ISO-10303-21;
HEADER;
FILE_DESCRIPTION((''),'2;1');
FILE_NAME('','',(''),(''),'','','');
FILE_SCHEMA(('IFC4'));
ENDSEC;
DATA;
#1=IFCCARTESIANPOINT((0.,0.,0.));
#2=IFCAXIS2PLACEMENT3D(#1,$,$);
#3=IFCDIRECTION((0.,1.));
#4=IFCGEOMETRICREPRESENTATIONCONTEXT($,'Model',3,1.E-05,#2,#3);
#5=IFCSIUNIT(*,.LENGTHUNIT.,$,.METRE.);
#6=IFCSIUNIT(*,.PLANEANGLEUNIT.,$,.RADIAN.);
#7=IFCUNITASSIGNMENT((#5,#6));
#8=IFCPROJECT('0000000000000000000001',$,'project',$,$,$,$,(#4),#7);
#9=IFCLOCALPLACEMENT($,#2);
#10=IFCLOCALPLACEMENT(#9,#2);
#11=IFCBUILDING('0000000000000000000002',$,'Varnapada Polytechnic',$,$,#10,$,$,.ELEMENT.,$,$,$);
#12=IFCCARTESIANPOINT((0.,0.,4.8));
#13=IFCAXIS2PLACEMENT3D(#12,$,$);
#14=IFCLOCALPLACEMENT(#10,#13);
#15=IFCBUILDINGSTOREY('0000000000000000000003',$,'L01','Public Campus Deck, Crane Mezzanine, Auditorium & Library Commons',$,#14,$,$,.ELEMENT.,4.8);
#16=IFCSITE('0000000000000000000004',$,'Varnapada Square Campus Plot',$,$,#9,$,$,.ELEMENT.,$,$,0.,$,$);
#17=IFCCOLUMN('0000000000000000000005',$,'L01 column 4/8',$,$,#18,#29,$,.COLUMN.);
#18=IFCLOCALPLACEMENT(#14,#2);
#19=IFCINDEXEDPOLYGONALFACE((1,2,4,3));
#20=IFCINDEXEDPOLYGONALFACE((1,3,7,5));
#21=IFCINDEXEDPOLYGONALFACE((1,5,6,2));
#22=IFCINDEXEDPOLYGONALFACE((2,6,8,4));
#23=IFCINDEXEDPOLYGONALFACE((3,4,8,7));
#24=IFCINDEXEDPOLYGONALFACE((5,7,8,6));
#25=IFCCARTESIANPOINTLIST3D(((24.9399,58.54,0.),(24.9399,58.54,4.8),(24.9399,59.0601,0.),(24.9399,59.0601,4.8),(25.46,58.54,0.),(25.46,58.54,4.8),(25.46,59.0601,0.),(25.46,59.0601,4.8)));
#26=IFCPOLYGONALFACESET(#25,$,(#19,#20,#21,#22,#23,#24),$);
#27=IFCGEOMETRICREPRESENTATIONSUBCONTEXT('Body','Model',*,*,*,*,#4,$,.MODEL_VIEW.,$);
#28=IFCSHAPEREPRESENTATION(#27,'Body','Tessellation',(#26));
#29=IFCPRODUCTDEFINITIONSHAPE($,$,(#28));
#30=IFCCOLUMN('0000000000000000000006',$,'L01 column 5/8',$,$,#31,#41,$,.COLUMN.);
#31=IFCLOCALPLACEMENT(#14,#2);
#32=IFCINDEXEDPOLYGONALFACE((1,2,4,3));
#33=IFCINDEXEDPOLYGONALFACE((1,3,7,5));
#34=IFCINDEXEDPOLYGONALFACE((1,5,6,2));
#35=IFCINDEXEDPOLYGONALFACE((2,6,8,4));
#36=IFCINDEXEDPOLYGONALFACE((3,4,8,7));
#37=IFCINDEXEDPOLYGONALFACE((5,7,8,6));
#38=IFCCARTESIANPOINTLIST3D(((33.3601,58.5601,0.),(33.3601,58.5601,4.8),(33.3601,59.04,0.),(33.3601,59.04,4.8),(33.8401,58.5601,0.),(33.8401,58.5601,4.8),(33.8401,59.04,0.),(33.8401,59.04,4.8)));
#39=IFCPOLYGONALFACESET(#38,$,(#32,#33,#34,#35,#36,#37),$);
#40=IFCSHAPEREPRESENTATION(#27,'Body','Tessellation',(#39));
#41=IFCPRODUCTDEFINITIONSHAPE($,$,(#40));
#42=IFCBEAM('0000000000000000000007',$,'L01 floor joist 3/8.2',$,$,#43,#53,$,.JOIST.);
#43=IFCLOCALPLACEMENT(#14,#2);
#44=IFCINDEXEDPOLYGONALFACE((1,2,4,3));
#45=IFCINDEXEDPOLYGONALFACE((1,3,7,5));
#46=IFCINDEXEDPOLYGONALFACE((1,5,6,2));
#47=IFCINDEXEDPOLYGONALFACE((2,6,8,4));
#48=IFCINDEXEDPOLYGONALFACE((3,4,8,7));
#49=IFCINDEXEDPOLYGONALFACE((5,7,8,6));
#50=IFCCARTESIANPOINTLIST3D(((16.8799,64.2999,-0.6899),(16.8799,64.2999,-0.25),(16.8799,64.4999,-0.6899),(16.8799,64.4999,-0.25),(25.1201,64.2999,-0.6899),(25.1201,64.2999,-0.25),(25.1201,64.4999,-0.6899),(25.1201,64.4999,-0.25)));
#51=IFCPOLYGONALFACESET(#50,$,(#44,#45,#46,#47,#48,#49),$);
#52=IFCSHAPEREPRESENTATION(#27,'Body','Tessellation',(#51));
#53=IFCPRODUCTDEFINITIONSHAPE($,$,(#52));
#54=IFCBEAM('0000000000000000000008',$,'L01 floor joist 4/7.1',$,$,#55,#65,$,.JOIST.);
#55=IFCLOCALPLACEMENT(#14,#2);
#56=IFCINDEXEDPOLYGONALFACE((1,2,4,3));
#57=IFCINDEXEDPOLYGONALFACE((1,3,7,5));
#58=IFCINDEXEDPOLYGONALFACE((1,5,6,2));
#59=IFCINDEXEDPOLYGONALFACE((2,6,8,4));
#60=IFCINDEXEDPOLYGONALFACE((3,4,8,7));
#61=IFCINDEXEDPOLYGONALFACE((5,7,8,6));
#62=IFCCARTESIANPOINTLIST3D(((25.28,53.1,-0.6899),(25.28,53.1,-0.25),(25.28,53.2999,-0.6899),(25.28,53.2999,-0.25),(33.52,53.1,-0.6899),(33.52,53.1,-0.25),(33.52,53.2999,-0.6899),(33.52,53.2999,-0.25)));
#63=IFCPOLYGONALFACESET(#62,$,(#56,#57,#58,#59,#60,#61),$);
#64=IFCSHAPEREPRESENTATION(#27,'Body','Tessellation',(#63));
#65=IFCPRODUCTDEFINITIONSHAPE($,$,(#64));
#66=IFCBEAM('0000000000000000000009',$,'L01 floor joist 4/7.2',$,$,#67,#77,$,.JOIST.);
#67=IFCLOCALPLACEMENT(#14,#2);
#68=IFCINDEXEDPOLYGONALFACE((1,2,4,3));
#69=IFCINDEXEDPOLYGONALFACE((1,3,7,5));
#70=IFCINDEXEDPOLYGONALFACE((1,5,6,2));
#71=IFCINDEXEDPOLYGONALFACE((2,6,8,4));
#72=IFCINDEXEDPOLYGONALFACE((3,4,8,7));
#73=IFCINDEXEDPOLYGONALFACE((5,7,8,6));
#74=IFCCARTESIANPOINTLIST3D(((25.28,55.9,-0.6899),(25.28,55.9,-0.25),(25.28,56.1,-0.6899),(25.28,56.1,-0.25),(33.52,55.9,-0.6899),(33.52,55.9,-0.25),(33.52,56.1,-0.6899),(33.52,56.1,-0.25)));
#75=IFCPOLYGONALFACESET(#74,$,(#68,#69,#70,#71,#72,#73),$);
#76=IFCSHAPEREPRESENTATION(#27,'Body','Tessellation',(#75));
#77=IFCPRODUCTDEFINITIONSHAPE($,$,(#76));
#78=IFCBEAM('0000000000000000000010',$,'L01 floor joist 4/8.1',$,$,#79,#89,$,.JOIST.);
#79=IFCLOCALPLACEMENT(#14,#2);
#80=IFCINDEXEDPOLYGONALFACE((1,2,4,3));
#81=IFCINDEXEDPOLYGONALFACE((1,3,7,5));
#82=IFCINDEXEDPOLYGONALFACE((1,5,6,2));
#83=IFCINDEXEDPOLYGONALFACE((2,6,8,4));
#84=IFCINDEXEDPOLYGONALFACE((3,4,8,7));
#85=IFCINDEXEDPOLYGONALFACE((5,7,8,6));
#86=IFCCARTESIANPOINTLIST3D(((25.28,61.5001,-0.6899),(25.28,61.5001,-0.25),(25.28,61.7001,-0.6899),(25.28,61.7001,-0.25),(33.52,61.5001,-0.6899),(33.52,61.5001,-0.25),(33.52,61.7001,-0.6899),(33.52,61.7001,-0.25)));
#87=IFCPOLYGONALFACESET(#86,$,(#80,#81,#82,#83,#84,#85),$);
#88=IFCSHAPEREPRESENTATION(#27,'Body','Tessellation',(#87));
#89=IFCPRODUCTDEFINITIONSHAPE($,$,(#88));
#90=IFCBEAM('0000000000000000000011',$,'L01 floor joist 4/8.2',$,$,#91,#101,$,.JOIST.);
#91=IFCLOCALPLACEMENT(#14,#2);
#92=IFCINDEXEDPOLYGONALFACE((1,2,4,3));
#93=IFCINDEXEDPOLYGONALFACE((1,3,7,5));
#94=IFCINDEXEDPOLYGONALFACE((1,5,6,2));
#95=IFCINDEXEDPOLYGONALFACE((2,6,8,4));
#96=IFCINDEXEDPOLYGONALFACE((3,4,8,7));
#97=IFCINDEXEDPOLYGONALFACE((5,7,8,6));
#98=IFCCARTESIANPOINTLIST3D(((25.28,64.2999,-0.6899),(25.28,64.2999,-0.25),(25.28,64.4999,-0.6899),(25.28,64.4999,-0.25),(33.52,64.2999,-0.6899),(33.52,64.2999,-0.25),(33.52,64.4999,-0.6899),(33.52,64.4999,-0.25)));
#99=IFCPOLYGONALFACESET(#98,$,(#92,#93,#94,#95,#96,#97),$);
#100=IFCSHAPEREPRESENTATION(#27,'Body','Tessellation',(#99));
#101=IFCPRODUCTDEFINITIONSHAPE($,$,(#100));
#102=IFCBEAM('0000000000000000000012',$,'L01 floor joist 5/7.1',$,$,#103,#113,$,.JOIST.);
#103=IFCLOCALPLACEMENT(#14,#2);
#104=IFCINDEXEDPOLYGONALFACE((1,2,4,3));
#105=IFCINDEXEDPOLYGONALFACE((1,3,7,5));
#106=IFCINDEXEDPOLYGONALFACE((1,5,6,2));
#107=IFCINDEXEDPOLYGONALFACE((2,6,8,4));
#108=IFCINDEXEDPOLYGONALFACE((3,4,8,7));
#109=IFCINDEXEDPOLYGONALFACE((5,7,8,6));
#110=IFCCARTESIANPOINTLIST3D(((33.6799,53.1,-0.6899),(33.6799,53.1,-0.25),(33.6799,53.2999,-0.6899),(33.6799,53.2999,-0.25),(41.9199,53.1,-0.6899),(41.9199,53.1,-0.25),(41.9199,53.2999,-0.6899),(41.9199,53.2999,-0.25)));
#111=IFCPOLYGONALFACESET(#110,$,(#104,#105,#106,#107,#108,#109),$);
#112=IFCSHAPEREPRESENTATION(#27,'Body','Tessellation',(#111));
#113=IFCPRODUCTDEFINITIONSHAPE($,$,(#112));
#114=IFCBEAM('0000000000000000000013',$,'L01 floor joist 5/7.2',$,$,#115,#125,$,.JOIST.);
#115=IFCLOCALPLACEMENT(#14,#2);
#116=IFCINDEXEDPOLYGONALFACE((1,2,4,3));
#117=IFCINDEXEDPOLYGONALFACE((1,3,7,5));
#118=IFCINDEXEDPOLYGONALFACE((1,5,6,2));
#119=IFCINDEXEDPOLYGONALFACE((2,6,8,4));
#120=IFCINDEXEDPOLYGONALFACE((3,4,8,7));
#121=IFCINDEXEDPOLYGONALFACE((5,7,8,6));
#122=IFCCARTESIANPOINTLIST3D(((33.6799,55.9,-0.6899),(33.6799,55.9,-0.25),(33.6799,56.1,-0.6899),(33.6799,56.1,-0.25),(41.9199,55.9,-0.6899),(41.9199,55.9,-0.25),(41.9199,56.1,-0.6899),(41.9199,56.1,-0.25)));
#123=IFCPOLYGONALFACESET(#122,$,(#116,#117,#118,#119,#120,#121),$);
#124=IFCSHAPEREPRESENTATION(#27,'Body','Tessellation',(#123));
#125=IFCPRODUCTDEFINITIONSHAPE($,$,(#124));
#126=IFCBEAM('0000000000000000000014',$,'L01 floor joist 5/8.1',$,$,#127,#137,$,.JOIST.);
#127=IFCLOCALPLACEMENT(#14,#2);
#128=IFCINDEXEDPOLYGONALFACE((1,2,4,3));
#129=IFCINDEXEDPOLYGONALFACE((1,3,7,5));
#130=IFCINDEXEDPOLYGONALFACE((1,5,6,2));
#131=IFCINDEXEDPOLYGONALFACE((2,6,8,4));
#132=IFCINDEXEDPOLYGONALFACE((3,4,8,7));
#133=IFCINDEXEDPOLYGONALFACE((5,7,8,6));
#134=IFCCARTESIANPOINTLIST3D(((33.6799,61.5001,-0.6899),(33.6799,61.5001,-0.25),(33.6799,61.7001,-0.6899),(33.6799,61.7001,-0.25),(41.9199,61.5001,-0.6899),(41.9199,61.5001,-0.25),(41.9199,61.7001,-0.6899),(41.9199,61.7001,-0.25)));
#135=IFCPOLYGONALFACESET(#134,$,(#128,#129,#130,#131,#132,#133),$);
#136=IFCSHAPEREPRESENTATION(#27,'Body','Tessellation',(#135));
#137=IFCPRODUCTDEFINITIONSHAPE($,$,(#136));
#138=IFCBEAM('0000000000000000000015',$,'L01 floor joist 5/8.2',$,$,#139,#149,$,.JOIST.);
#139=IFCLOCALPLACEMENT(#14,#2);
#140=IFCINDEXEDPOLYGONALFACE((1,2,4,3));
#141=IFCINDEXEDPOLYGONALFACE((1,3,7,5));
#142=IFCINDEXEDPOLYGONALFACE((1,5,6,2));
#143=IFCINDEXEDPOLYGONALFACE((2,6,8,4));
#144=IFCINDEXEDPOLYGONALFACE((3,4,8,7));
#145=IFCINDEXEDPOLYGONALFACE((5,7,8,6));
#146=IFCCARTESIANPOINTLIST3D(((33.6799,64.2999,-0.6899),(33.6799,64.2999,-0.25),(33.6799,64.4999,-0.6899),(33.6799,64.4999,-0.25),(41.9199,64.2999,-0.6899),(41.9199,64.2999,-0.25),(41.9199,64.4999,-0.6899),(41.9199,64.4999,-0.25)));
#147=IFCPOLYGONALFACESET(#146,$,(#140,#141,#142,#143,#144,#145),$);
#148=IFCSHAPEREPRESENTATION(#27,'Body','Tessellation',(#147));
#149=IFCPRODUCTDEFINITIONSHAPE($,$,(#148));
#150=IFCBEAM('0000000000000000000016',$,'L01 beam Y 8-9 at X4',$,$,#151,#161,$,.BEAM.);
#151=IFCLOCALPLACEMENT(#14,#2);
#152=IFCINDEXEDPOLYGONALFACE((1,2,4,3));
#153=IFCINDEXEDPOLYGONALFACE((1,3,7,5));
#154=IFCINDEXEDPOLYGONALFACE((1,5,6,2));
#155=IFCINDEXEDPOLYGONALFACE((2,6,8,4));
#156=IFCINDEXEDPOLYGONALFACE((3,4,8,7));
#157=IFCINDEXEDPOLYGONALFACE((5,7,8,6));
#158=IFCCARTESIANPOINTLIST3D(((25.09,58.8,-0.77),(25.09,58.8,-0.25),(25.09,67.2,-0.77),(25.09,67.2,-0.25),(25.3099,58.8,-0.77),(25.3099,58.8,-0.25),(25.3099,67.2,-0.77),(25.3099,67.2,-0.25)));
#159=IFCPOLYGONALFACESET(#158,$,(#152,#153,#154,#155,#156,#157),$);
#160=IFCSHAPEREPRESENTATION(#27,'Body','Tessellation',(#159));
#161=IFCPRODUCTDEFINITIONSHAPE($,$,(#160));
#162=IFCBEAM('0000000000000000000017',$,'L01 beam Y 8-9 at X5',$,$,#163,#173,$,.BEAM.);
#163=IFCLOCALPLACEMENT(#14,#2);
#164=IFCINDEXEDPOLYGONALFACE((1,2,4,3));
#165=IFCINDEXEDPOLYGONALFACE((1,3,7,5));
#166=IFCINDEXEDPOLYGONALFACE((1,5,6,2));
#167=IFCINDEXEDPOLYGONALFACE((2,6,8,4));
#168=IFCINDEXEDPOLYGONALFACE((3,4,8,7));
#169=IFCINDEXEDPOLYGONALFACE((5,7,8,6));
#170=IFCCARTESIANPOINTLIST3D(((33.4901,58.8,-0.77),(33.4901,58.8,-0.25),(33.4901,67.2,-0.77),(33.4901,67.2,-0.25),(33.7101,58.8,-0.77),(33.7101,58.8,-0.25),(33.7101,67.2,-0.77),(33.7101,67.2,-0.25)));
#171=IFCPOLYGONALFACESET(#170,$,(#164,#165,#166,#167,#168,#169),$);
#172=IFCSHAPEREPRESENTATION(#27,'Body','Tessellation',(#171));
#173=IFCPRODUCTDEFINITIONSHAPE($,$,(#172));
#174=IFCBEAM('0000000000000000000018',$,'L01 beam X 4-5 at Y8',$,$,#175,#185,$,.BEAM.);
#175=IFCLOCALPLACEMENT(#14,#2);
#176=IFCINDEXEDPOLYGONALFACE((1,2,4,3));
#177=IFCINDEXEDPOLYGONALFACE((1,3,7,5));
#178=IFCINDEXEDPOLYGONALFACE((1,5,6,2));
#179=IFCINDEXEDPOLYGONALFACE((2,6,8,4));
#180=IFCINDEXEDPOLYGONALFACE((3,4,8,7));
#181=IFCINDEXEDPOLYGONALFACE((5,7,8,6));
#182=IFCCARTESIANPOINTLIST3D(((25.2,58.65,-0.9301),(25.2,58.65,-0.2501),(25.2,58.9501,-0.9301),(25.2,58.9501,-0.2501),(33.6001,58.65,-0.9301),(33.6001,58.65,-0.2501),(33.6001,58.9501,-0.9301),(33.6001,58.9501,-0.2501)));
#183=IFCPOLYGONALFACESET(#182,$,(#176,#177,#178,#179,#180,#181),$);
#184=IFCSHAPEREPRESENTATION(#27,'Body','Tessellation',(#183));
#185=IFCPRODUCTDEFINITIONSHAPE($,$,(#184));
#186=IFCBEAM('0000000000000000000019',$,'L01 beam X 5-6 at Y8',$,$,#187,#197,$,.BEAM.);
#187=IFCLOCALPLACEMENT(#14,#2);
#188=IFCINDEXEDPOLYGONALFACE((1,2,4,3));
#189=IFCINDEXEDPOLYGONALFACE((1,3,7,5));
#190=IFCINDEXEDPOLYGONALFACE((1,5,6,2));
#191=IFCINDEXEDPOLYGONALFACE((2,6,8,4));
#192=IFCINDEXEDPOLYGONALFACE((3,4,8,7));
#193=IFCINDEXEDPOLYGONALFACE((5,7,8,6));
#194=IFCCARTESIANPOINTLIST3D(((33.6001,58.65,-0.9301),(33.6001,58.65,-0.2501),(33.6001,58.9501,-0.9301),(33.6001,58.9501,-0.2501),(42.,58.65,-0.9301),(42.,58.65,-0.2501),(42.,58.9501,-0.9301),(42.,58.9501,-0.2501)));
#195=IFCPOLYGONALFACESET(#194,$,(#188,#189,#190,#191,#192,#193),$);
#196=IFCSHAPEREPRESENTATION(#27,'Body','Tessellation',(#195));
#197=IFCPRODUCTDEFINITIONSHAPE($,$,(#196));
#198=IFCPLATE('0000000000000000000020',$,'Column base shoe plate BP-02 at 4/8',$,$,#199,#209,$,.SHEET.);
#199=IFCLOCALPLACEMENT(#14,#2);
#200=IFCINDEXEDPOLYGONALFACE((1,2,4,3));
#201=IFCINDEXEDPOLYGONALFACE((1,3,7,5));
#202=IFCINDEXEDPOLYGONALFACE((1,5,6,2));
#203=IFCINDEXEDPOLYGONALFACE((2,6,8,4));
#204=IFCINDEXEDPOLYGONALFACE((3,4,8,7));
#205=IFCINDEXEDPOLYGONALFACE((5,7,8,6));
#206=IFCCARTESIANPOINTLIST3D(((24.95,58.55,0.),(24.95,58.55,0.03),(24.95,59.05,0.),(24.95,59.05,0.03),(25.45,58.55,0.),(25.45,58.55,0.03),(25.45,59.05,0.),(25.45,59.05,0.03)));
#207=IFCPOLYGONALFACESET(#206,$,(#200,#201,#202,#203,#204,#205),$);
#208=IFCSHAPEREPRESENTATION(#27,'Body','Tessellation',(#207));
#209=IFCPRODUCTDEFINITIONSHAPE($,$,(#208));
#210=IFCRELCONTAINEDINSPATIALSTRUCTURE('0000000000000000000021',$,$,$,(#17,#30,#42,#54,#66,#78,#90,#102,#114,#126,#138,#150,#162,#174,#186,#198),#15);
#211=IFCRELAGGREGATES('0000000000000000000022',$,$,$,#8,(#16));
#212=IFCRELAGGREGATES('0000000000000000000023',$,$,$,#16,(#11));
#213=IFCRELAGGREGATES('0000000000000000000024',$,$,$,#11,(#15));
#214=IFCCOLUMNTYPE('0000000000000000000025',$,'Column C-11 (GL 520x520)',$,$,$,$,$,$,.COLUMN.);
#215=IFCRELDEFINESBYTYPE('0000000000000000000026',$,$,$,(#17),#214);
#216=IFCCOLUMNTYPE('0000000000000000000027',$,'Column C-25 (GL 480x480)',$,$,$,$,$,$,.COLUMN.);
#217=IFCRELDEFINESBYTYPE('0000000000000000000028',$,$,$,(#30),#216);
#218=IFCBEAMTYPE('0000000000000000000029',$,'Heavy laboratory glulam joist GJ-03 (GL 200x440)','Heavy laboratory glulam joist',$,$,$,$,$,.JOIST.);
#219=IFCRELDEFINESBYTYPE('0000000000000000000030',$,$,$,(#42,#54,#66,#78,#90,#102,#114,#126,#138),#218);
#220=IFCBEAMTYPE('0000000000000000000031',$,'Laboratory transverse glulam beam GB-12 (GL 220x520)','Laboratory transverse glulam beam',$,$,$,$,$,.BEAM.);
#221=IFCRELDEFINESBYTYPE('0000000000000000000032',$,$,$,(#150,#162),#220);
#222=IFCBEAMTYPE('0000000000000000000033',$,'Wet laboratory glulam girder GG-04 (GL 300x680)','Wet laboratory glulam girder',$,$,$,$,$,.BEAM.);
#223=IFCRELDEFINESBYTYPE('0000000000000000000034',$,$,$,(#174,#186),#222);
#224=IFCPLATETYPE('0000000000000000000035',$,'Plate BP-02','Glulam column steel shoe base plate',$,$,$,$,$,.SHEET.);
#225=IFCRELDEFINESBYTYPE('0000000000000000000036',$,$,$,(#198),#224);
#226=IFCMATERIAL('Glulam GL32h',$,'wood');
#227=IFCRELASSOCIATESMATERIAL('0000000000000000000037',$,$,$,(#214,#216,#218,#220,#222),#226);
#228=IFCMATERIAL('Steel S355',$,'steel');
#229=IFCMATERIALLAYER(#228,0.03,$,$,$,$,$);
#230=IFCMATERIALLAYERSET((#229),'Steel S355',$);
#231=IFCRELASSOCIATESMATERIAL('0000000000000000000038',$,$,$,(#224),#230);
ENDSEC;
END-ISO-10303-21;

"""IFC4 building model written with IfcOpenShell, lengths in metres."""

from ifc_helpers import new_model, si_unit, direction, frame, origin, origin_2d, place, context, subcontext, project, spatial, rectangle, extrude, material, layer, layer_set, material_profile, profile_set, type_object, element, save


model = new_model("IFC4")

# Units and contexts
model_context = context("Model", 3, precision=1e-05, world=origin(), true_north=direction((0.0, 1.0)))
body_context = subcontext(model_context, "Body", "Model", "MODEL_VIEW")
ifc_project = project(units=[si_unit("LENGTHUNIT", "METRE"), si_unit("PLANEANGLEUNIT", "RADIAN")], contexts=[model_context])

# Site, building, storey
site_placement = place(None, origin())
site = spatial("IfcSite", under=ifc_project, at=site_placement, Name="Varnapada Square Campus Plot", CompositionType="ELEMENT", RefElevation=0.0)
building_placement = place(site_placement, origin())
building = spatial("IfcBuilding", under=site, at=building_placement, Name="Varnapada Polytechnic", CompositionType="ELEMENT")
storey_placement = place(building_placement, frame((0.0, 0.0, 4.8)))
storey = spatial("IfcBuildingStorey", under=building, at=storey_placement, Name="L01", Description="Public Campus Deck, Crane Mezzanine, Auditorium & Library Commons", CompositionType="ELEMENT", Elevation=4.8)

# Columns
ifc_material_1 = material(Name="Glulam GL32h", Category="wood")
ifc_material_profile_1 = material_profile(ifc_material_1, rectangle(XDim=0.52, YDim=0.52, at=origin_2d()), Name="GL 520x520")
ifc_profile_set_1 = profile_set([ifc_material_profile_1], Name="Glulam GL32h")
column_type_1 = type_object("IfcColumnType", Name="Column C-11 (GL 520x520)", PredefinedType="COLUMN", material=ifc_profile_set_1)
column_1_placement = place(storey_placement, frame((25.2, 58.8, 0.0), z_axis=(0.0, 0.0, 1.0), x_axis=(1.0, 0.0, 0.0)))
element("IfcColumn", 1, at=column_1_placement, inside=storey, type_object=column_type_1, Name="L01 column 4/8", PredefinedType="COLUMN", context=body_context, shape_type="SweptSolid", body=[
    extrude(rectangle(XDim=0.52, YDim=0.52, at=origin_2d()), origin(), (0.0, 0.0, 1.0), 4.8),
])
ifc_material_profile_2 = material_profile(ifc_material_1, rectangle(XDim=0.48, YDim=0.48, at=origin_2d()), Name="GL 480x480")
ifc_profile_set_2 = profile_set([ifc_material_profile_2], Name="Glulam GL32h")
column_type_2 = type_object("IfcColumnType", Name="Column C-25 (GL 480x480)", PredefinedType="COLUMN", material=ifc_profile_set_2)
column_2_placement = place(storey_placement, frame((33.6001, 58.8, 0.0), z_axis=(0.0, 0.0, 1.0), x_axis=(1.0, 0.0, 0.0)))
element("IfcColumn", 2, at=column_2_placement, inside=storey, type_object=column_type_2, Name="L01 column 5/8", PredefinedType="COLUMN", context=body_context, shape_type="SweptSolid", body=[
    extrude(rectangle(XDim=0.48, YDim=0.48, at=origin_2d()), origin(), (0.0, 0.0, 1.0), 4.8),
])

# Beams
ifc_material_profile_3 = material_profile(ifc_material_1, rectangle(XDim=0.2, YDim=0.4399, at=origin_2d()), Name="GL 200x440")
ifc_profile_set_3 = profile_set([ifc_material_profile_3], Name="Glulam GL32h")
beam_type_1 = type_object("IfcBeamType", Name="Heavy laboratory glulam joist GJ-03 (GL 200x440)", Description="Heavy laboratory glulam joist", PredefinedType="JOIST", material=ifc_profile_set_3)
beam_1_placement = place(storey_placement, frame((16.8799, 64.3999, -0.47), z_axis=(1.0, 0.0, 0.0), x_axis=(0.0, 1.0, 0.0)))
element("IfcBeam", 3, at=beam_1_placement, inside=storey, type_object=beam_type_1, Name="L01 floor joist 3/8.2", PredefinedType="JOIST", context=body_context, shape_type="SweptSolid", body=[
    extrude(rectangle(XDim=0.2, YDim=0.4399, at=origin_2d()), origin(), (0.0, 0.0, 1.0), 8.2402),
])
for number, where, z_axis, x_axis, name in (
    (4, (25.28, 53.2, -0.47), (1.0, 0.0, 0.0), (0.0, 1.0, 0.0), "L01 floor joist 4/7.1"),
    (5, (25.28, 56.0, -0.47), (1.0, 0.0, 0.0), (0.0, 1.0, 0.0), "L01 floor joist 4/7.2"),
    (6, (25.28, 61.6001, -0.47), (1.0, 0.0, 0.0), (0.0, 1.0, 0.0), "L01 floor joist 4/8.1"),
    (7, (25.28, 64.3999, -0.47), (1.0, 0.0, 0.0), (0.0, 1.0, 0.0), "L01 floor joist 4/8.2"),
    (8, (33.6799, 53.2, -0.47), (1.0, 0.0, 0.0), (0.0, 1.0, 0.0), "L01 floor joist 5/7.1"),
    (9, (33.6799, 56.0, -0.47), (1.0, 0.0, 0.0), (0.0, 1.0, 0.0), "L01 floor joist 5/7.2"),
    (10, (33.6799, 61.6001, -0.47), (1.0, 0.0, 0.0), (0.0, 1.0, 0.0), "L01 floor joist 5/8.1"),
    (11, (33.6799, 64.3999, -0.47), (1.0, 0.0, 0.0), (0.0, 1.0, 0.0), "L01 floor joist 5/8.2"),
):
    element("IfcBeam", number, at=place(storey_placement, frame(where, z_axis=z_axis, x_axis=x_axis)), inside=storey, type_object=beam_type_1, Name=name, PredefinedType="JOIST", context=body_context, shape_type="SweptSolid", body=[
        extrude(rectangle(XDim=0.2, YDim=0.4399, at=origin_2d()), origin(), (0.0, 0.0, 1.0), 8.24),
    ])
ifc_material_profile_4 = material_profile(ifc_material_1, rectangle(XDim=0.22, YDim=0.52, at=origin_2d()), Name="GL 220x520")
ifc_profile_set_4 = profile_set([ifc_material_profile_4], Name="Glulam GL32h")
beam_type_2 = type_object("IfcBeamType", Name="Laboratory transverse glulam beam GB-12 (GL 220x520)", Description="Laboratory transverse glulam beam", PredefinedType="BEAM", material=ifc_profile_set_4)
for number, where, z_axis, x_axis, name in (
    (12, (25.2, 58.8, -0.51), (0.0, 1.0, 0.0), (-1.0, 0.0, 0.0), "L01 beam Y 8-9 at X4"),
    (13, (33.6001, 58.8, -0.51), (0.0, 1.0, 0.0), (-1.0, 0.0, 0.0), "L01 beam Y 8-9 at X5"),
):
    element("IfcBeam", number, at=place(storey_placement, frame(where, z_axis=z_axis, x_axis=x_axis)), inside=storey, type_object=beam_type_2, Name=name, PredefinedType="BEAM", context=body_context, shape_type="SweptSolid", body=[
        extrude(rectangle(XDim=0.22, YDim=0.52, at=origin_2d()), origin(), (0.0, 0.0, 1.0), 8.3999),
    ])
ifc_material_profile_5 = material_profile(ifc_material_1, rectangle(XDim=0.3, YDim=0.6799, at=origin_2d()), Name="GL 300x680")
ifc_profile_set_5 = profile_set([ifc_material_profile_5], Name="Glulam GL32h")
beam_type_3 = type_object("IfcBeamType", Name="Wet laboratory glulam girder GG-04 (GL 300x680)", Description="Wet laboratory glulam girder", PredefinedType="BEAM", material=ifc_profile_set_5)
beam_2_placement = place(storey_placement, frame((25.2, 58.8, -0.5901), z_axis=(1.0, 0.0, 0.0), x_axis=(0.0, 1.0, 0.0)))
element("IfcBeam", 14, at=beam_2_placement, inside=storey, type_object=beam_type_3, Name="L01 beam X 4-5 at Y8", PredefinedType="BEAM", context=body_context, shape_type="SweptSolid", body=[
    extrude(rectangle(XDim=0.3, YDim=0.6799, at=origin_2d()), origin(), (0.0, 0.0, 1.0), 8.4001),
])
beam_3_placement = place(storey_placement, frame((33.6001, 58.8, -0.5901), z_axis=(1.0, 0.0, 0.0), x_axis=(0.0, 1.0, 0.0)))
element("IfcBeam", 15, at=beam_3_placement, inside=storey, type_object=beam_type_3, Name="L01 beam X 5-6 at Y8", PredefinedType="BEAM", context=body_context, shape_type="SweptSolid", body=[
    extrude(rectangle(XDim=0.3, YDim=0.6799, at=origin_2d()), origin(), (0.0, 0.0, 1.0), 8.3999),
])

# Plate
ifc_material_2 = material(Name="Steel S355", Category="steel")
ifc_layer_1 = layer(ifc_material_2, 0.03)
ifc_layer_set_1 = layer_set([ifc_layer_1], Name="Steel S355")
plate_type = type_object("IfcPlateType", Name="Plate BP-02", Description="Glulam column steel shoe base plate", PredefinedType="SHEET", material=ifc_layer_set_1)
for number, where, z_axis, x_axis, name in (
    (16, (25.2, 58.8, 0.0), (0.0, 0.0, 1.0), (1.0, 0.0, 0.0), "Column base shoe plate BP-02 at 4/8"),
):
    element("IfcPlate", number, at=place(storey_placement, frame(where, z_axis=z_axis, x_axis=x_axis)), inside=storey, type_object=plate_type, Name=name, PredefinedType="SHEET", context=body_context, shape_type="SweptSolid", body=[
        extrude(rectangle(XDim=0.5, YDim=0.5, at=origin_2d()), origin(), (0.0, 0.0, 1.0), 0.03),
    ])

save(model, "model.ifc")
